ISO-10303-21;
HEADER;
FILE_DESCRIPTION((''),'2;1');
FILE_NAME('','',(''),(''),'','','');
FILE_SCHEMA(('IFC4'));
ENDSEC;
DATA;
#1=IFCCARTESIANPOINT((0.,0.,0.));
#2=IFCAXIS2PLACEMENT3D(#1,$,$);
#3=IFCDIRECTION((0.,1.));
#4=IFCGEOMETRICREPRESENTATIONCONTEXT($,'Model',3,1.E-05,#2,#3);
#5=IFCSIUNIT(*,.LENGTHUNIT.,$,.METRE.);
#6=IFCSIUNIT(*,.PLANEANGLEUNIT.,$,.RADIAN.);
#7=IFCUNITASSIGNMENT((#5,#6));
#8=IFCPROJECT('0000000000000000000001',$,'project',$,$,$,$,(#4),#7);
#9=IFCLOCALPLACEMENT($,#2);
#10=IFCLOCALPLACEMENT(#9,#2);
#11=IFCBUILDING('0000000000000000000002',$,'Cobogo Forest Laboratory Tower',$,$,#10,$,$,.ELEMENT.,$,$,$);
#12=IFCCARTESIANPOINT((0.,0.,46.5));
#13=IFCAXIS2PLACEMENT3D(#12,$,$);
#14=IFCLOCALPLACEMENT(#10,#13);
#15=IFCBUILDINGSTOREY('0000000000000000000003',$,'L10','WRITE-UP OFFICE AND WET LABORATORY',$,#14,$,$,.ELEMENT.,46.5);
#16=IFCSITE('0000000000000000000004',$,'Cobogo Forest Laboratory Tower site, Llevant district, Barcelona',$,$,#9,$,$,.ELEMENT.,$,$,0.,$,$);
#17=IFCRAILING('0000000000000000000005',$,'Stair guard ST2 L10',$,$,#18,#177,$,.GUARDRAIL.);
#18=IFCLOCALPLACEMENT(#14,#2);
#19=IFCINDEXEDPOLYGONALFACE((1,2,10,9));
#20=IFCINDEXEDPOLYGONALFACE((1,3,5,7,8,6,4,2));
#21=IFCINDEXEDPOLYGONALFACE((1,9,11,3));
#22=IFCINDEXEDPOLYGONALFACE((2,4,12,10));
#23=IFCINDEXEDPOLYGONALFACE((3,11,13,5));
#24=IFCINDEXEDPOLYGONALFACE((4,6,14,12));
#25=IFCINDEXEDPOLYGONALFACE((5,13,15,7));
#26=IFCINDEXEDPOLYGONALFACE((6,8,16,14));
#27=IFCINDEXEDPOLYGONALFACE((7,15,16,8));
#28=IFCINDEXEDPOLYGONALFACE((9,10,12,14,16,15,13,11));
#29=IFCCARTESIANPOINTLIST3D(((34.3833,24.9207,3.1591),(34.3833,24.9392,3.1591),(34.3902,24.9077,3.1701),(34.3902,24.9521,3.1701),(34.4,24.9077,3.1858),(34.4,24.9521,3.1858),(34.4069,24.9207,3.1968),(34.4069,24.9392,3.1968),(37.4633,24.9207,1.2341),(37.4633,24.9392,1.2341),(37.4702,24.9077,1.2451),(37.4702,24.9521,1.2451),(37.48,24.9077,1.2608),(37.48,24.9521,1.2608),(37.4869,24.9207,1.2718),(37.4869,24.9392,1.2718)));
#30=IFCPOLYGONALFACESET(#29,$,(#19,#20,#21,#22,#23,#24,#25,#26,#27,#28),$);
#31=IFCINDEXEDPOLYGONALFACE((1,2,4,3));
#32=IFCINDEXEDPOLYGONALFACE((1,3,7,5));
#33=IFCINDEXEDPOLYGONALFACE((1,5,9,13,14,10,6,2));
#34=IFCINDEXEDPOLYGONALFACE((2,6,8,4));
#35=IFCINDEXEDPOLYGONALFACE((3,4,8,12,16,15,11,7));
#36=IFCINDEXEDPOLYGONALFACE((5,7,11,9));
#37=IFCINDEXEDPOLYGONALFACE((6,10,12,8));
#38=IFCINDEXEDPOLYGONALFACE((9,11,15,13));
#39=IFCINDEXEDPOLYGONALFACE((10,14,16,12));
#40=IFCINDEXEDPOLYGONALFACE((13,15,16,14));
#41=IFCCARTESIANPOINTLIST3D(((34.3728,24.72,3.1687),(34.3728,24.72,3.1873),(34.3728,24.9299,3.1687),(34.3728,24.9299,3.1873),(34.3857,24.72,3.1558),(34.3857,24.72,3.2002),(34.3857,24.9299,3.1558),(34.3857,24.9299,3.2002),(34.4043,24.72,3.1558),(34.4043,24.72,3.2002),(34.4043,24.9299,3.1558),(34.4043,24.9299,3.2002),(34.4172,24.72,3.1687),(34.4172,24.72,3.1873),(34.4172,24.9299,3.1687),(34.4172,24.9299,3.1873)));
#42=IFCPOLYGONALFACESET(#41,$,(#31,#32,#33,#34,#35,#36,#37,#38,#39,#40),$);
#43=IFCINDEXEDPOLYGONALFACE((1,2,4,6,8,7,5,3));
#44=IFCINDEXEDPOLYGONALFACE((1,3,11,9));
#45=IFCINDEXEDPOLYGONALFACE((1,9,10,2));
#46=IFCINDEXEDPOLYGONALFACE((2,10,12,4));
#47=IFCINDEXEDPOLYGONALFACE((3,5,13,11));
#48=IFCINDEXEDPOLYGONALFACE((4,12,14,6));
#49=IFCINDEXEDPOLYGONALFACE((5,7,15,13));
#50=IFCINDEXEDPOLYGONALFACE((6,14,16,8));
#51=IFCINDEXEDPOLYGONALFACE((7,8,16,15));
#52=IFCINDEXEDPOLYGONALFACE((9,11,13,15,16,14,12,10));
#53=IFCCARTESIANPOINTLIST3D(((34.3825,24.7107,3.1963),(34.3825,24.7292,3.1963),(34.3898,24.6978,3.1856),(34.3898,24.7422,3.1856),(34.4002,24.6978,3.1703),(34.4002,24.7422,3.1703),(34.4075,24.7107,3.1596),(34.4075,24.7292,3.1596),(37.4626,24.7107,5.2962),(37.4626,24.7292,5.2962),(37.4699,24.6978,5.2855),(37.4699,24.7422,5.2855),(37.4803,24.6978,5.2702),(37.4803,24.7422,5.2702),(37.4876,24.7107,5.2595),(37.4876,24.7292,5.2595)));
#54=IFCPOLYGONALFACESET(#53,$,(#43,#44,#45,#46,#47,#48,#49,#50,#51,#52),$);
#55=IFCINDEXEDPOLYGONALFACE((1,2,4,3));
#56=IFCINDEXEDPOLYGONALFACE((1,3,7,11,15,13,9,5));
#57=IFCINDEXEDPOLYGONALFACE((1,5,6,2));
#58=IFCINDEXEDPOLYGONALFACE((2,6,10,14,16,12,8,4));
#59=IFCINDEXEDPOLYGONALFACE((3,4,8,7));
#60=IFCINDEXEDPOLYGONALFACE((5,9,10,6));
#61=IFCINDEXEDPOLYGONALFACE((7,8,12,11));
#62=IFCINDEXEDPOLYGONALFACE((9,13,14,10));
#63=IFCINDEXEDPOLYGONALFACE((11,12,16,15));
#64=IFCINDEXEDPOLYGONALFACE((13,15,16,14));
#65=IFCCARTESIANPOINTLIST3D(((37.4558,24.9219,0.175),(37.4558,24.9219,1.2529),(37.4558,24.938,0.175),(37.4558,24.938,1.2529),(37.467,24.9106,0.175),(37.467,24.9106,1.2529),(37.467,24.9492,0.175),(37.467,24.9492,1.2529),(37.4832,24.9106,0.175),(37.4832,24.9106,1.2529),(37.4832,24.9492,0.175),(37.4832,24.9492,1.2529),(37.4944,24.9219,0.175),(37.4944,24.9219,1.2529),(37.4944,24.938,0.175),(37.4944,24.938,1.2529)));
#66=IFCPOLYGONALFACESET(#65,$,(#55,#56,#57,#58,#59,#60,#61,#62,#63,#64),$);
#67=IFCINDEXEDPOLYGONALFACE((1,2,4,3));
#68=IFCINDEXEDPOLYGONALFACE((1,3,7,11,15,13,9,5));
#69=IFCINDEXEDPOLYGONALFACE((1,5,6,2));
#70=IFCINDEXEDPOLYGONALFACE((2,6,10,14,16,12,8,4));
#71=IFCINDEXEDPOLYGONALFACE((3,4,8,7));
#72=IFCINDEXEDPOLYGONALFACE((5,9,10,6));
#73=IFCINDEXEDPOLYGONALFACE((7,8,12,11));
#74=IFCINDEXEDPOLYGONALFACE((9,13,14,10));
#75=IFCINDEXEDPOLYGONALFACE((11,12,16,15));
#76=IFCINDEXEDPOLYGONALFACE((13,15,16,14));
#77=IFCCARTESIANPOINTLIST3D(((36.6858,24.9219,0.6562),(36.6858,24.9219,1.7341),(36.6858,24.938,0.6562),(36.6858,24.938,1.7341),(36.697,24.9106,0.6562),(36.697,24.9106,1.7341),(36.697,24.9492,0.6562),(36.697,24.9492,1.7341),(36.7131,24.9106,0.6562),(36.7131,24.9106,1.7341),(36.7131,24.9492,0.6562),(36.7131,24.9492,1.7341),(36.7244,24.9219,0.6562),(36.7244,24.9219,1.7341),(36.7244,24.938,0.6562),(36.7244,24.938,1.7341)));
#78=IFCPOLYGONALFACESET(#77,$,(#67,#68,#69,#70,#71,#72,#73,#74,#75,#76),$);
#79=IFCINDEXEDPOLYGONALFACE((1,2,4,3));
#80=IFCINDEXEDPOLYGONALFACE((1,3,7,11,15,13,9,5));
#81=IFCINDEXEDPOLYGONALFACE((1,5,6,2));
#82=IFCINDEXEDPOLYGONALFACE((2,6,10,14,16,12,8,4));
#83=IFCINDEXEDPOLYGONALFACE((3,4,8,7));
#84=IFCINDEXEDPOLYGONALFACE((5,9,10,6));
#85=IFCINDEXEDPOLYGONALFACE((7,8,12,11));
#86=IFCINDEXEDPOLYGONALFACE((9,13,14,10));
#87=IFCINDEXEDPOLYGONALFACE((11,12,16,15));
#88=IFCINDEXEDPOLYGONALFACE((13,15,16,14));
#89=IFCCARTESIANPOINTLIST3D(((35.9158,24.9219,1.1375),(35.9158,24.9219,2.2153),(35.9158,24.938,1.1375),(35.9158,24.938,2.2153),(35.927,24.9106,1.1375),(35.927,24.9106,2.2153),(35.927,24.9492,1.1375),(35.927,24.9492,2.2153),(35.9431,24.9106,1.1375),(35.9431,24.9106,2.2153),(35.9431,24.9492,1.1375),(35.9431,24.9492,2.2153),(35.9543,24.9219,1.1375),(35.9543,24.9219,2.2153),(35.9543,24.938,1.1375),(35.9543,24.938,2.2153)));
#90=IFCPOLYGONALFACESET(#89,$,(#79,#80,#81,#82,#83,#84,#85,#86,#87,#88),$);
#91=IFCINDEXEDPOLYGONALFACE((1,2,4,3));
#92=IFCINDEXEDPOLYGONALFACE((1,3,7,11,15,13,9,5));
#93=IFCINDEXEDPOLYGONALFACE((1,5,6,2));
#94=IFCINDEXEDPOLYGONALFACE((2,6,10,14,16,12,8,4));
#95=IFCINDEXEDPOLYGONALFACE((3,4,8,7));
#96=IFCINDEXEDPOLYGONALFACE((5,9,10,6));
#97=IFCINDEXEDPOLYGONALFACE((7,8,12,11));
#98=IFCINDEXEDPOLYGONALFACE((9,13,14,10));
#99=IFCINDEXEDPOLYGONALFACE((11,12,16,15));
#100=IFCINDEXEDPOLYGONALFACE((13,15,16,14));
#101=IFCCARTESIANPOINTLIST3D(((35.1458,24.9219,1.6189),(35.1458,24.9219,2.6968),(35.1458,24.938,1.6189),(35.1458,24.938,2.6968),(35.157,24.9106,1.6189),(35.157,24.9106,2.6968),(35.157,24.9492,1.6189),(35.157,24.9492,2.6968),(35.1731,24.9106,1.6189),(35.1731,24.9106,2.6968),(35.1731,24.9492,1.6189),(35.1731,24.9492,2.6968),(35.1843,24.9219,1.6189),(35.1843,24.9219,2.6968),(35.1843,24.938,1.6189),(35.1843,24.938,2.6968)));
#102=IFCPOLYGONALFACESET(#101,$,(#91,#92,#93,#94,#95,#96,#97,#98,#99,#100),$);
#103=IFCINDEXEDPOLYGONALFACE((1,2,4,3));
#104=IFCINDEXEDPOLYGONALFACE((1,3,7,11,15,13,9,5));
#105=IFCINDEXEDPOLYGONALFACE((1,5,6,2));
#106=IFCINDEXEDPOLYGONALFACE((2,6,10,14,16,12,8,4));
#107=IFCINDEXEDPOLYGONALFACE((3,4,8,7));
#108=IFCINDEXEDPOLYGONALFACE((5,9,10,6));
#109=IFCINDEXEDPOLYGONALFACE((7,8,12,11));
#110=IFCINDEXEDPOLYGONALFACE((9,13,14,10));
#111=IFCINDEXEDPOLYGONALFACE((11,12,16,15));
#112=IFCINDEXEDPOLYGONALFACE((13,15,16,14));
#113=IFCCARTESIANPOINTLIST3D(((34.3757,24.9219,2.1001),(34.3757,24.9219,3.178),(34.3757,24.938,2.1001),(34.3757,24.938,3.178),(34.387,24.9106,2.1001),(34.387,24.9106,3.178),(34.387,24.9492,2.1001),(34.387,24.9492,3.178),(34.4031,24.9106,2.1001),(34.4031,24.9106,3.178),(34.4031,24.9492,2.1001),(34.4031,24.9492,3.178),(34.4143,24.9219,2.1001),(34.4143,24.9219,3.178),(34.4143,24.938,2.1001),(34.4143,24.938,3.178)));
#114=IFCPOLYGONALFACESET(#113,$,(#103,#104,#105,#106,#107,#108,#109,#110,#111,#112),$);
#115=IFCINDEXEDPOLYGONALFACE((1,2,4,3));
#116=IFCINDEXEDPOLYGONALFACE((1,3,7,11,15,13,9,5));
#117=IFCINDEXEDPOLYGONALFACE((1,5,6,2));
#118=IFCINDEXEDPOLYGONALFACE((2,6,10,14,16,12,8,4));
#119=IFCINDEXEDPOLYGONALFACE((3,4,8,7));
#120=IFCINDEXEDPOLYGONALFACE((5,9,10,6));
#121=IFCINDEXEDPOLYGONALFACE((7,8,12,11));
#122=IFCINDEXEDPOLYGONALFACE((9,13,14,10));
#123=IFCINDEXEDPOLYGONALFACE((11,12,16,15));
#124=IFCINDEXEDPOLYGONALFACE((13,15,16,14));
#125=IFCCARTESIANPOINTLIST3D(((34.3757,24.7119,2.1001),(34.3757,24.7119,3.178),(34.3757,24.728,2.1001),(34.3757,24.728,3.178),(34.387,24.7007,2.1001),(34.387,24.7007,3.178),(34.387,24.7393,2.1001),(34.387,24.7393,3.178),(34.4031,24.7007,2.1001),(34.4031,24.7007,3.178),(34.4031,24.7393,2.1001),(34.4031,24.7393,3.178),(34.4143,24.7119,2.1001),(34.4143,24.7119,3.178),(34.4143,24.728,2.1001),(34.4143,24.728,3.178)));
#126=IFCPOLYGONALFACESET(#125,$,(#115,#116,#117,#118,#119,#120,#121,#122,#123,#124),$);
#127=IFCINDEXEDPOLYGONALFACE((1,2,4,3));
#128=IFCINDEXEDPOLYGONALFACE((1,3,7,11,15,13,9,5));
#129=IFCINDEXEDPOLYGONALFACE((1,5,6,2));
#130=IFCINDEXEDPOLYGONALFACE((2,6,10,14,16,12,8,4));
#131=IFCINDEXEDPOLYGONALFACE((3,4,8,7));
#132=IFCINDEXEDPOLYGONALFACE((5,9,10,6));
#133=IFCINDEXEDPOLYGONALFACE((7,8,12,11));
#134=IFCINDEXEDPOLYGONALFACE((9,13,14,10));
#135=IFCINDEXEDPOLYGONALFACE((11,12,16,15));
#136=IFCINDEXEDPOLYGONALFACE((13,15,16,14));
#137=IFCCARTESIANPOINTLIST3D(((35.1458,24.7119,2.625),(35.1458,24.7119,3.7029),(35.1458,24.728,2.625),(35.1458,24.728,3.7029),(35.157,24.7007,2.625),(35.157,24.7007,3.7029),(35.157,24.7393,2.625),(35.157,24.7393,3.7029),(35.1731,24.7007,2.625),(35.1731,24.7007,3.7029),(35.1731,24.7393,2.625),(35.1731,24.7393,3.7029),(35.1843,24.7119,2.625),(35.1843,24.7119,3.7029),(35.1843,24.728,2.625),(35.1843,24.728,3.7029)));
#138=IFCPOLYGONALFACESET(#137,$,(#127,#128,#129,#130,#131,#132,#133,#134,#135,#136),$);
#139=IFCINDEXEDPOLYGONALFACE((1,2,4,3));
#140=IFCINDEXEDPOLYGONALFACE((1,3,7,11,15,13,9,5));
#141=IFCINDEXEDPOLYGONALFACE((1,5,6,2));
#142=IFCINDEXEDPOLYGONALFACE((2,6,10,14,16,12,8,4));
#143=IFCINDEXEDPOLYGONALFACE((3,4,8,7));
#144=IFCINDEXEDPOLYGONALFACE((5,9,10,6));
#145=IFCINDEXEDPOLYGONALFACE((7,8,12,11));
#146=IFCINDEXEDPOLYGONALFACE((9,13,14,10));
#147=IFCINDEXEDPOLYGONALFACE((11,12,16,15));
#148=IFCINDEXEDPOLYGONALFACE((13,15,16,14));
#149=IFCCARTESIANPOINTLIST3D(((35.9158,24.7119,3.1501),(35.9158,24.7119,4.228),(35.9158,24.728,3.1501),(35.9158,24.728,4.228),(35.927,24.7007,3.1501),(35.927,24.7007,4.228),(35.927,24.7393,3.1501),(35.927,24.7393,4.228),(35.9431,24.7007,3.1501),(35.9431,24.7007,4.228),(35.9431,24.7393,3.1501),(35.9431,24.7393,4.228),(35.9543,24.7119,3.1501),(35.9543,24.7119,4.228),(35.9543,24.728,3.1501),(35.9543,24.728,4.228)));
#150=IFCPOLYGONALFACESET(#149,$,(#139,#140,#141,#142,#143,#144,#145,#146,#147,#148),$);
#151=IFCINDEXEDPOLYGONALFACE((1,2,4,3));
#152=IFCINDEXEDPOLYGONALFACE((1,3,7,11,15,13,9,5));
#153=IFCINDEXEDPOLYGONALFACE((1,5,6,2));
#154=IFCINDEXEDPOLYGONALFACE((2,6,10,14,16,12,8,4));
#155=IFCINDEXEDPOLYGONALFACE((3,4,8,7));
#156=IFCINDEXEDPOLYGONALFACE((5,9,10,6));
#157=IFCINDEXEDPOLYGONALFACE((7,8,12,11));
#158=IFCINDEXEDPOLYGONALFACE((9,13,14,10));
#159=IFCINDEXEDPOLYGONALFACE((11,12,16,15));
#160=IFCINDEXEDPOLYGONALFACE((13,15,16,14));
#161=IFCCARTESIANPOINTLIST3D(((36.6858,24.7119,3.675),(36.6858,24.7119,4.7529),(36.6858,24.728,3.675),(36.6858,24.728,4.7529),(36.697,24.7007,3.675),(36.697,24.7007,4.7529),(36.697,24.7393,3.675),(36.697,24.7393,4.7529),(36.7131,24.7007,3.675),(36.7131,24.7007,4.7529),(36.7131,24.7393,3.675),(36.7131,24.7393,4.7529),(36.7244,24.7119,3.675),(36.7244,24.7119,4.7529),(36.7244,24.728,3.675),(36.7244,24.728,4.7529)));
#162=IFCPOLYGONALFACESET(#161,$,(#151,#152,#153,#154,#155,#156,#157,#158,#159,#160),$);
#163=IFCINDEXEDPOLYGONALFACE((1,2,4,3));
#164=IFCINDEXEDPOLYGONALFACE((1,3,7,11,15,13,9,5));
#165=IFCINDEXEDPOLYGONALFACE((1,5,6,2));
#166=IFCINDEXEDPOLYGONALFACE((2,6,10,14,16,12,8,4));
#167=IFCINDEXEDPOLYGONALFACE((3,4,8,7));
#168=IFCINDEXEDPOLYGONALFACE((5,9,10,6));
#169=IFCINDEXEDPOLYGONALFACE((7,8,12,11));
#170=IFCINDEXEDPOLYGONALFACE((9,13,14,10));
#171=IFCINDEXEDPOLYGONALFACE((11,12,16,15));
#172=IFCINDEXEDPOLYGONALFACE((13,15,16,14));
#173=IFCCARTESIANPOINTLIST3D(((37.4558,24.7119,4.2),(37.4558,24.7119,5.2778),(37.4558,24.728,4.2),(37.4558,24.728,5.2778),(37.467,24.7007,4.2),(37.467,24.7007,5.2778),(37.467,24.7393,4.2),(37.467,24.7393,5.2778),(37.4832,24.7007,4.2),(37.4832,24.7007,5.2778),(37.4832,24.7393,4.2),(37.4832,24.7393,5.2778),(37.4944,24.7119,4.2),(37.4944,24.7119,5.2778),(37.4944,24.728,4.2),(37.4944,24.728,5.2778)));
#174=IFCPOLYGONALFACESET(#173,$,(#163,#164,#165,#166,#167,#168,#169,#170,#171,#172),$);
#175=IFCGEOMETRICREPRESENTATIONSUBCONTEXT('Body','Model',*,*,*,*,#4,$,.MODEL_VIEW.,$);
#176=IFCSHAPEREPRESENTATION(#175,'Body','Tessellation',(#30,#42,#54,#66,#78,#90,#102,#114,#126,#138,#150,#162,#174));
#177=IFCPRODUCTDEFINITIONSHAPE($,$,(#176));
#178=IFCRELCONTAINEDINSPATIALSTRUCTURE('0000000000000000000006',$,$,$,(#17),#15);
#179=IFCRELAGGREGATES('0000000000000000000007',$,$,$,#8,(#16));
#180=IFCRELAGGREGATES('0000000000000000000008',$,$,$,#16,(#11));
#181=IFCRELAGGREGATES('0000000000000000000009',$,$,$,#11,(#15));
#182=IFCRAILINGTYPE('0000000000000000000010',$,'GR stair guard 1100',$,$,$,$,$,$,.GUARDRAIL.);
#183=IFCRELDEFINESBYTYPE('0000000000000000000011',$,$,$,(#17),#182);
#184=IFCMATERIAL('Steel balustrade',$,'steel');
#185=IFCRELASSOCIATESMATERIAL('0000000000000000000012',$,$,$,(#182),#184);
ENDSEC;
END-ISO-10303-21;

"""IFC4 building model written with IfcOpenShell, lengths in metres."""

from ifc_helpers import new_model, si_unit, direction, frame, origin, place, context, subcontext, project, spatial, polyline, outline, extrude, material, type_object, element, save


model = new_model("IFC4")

# Units and contexts
model_context = context("Model", 3, precision=1e-05, world=origin(), true_north=direction((0.0, 1.0)))
body_context = subcontext(model_context, "Body", "Model", "MODEL_VIEW")
ifc_project = project(units=[si_unit("LENGTHUNIT", "METRE"), si_unit("PLANEANGLEUNIT", "RADIAN")], contexts=[model_context])

# Site, building, storey
site_placement = place(None, origin())
site = spatial("IfcSite", under=ifc_project, at=site_placement, Name="Cobogo Forest Laboratory Tower site, Llevant district, Barcelona", CompositionType="ELEMENT", RefElevation=0.0)
building_placement = place(site_placement, origin())
building = spatial("IfcBuilding", under=site, at=building_placement, Name="Cobogo Forest Laboratory Tower", CompositionType="ELEMENT")
storey_placement = place(building_placement, frame((0.0, 0.0, 46.5)))
storey = spatial("IfcBuildingStorey", under=building, at=storey_placement, Name="L10", Description="WRITE-UP OFFICE AND WET LABORATORY", CompositionType="ELEMENT", Elevation=46.5)

# Railing
ifc_material_1 = material(Name="Steel balustrade", Category="steel")
railing_type_1 = type_object("IfcRailingType", Name="GR stair guard 1100", PredefinedType="GUARDRAIL", material=ifc_material_1)
railing_1_placement = place(storey_placement, frame((37.4751, 24.9299, 0.175)))
element("IfcRailing", 1, at=railing_1_placement, inside=storey, type_object=railing_type_1, Name="Stair guard ST2 L10", PredefinedType="GUARDRAIL", context=body_context, shape_type="SweptSolid", body=[
    extrude(outline(polyline([(0.0222, 0.0093), (0.0093, 0.0222), (-0.0093, 0.0222), (-0.0222, 0.0093), (-0.0222, -0.0093), (-0.0093, -0.0222), (0.0093, -0.0222), (0.0222, -0.0093), (0.0222, 0.0093)])), frame((0.0, 0.0, 1.0779), z_axis=(-0.847998, 0.0, 0.529999), x_axis=(0.0, -1.0, 0.0)), (0.0, 0.0, 1.0), 3.6321),
    extrude(outline(polyline([(0.0222, 0.0093), (0.0093, 0.0222), (-0.0093, 0.0222), (-0.0222, 0.0093), (-0.0222, -0.0093), (-0.0093, -0.0222), (0.0093, -0.0222), (0.0222, -0.0093), (0.0222, 0.0093)])), frame((-3.0801, 0.0, 3.0029), z_axis=(0.0, -1.0, 0.0), x_axis=(1.0, 0.0, 0.0)), (0.0, 0.0, 1.0), 0.21),
    extrude(outline(polyline([(0.0222, 0.0093), (0.0093, 0.0222), (-0.0093, 0.0222), (-0.0222, 0.0093), (-0.0222, -0.0093), (-0.0093, -0.0222), (0.0093, -0.0222), (0.0222, -0.0093), (0.0222, 0.0093)])), frame((-3.0801, -0.21, 3.0029), z_axis=(0.826252, 0.0, 0.5633), x_axis=(0.0, 1.0, 0.0)), (0.0, 0.0, 1.0), 3.7278),
    extrude(outline(polyline([(0.0193, 0.0081), (0.0081, 0.0193), (-0.0081, 0.0193), (-0.0193, 0.0081), (-0.0193, -0.0081), (-0.0081, -0.0193), (0.0081, -0.0193), (0.0193, -0.0081), (0.0193, 0.0081)])), origin(), (0.0, 0.0, 1.0), 1.0779),
    extrude(outline(polyline([(0.0193, 0.0081), (0.0081, 0.0193), (-0.0081, 0.0193), (-0.0193, 0.0081), (-0.0193, -0.0081), (-0.0081, -0.0193), (0.0081, -0.0193), (0.0193, -0.0081), (0.0193, 0.0081)])), frame((-0.77, 0.0, 0.4812)), (0.0, 0.0, 1.0), 1.0779),
    extrude(outline(polyline([(0.0193, 0.0081), (0.0081, 0.0193), (-0.0081, 0.0193), (-0.0193, 0.0081), (-0.0193, -0.0081), (-0.0081, -0.0193), (0.0081, -0.0193), (0.0193, -0.0081), (0.0193, 0.0081)])), frame((-1.54, 0.0, 0.9624)), (0.0, 0.0, 1.0), 1.0779),
    extrude(outline(polyline([(0.0193, 0.0081), (0.0081, 0.0193), (-0.0081, 0.0193), (-0.0193, 0.0081), (-0.0193, -0.0081), (-0.0081, -0.0193), (0.0081, -0.0193), (0.0193, -0.0081), (0.0193, 0.0081)])), frame((-2.3101, 0.0, 1.4438)), (0.0, 0.0, 1.0), 1.0779),
    extrude(outline(polyline([(0.0193, 0.0081), (0.0081, 0.0193), (-0.0081, 0.0193), (-0.0193, 0.0081), (-0.0193, -0.0081), (-0.0081, -0.0193), (0.0081, -0.0193), (0.0193, -0.0081), (0.0193, 0.0081)])), frame((-3.0801, 0.0, 1.925)), (0.0, 0.0, 1.0), 1.0779),
    extrude(outline(polyline([(0.0193, 0.0081), (0.0081, 0.0193), (-0.0081, 0.0193), (-0.0193, 0.0081), (-0.0193, -0.0081), (-0.0081, -0.0193), (0.0081, -0.0193), (0.0193, -0.0081), (0.0193, 0.0081)])), frame((-3.0801, -0.21, 1.925)), (0.0, 0.0, 1.0), 1.0779),
    extrude(outline(polyline([(0.0193, 0.0081), (0.0081, 0.0193), (-0.0081, 0.0193), (-0.0193, 0.0081), (-0.0193, -0.0081), (-0.0081, -0.0193), (0.0081, -0.0193), (0.0193, -0.0081), (0.0193, 0.0081)])), frame((-2.3101, -0.21, 2.45)), (0.0, 0.0, 1.0), 1.0779),
    extrude(outline(polyline([(0.0193, 0.0081), (0.0081, 0.0193), (-0.0081, 0.0193), (-0.0193, 0.0081), (-0.0193, -0.0081), (-0.0081, -0.0193), (0.0081, -0.0193), (0.0193, -0.0081), (0.0193, 0.0081)])), frame((-1.54, -0.21, 2.9751)), (0.0, 0.0, 1.0), 1.0779),
    extrude(outline(polyline([(0.0193, 0.0081), (0.0081, 0.0193), (-0.0081, 0.0193), (-0.0193, 0.0081), (-0.0193, -0.0081), (-0.0081, -0.0193), (0.0081, -0.0193), (0.0193, -0.0081), (0.0193, 0.0081)])), frame((-0.77, -0.21, 3.5)), (0.0, 0.0, 1.0), 1.0779),
    extrude(outline(polyline([(0.0193, 0.0081), (0.0081, 0.0193), (-0.0081, 0.0193), (-0.0193, 0.0081), (-0.0193, -0.0081), (-0.0081, -0.0193), (0.0081, -0.0193), (0.0193, -0.0081), (0.0193, 0.0081)])), frame((0.0, -0.21, 4.0249)), (0.0, 0.0, 1.0), 1.0779),
])

save(model, "model.ifc")
